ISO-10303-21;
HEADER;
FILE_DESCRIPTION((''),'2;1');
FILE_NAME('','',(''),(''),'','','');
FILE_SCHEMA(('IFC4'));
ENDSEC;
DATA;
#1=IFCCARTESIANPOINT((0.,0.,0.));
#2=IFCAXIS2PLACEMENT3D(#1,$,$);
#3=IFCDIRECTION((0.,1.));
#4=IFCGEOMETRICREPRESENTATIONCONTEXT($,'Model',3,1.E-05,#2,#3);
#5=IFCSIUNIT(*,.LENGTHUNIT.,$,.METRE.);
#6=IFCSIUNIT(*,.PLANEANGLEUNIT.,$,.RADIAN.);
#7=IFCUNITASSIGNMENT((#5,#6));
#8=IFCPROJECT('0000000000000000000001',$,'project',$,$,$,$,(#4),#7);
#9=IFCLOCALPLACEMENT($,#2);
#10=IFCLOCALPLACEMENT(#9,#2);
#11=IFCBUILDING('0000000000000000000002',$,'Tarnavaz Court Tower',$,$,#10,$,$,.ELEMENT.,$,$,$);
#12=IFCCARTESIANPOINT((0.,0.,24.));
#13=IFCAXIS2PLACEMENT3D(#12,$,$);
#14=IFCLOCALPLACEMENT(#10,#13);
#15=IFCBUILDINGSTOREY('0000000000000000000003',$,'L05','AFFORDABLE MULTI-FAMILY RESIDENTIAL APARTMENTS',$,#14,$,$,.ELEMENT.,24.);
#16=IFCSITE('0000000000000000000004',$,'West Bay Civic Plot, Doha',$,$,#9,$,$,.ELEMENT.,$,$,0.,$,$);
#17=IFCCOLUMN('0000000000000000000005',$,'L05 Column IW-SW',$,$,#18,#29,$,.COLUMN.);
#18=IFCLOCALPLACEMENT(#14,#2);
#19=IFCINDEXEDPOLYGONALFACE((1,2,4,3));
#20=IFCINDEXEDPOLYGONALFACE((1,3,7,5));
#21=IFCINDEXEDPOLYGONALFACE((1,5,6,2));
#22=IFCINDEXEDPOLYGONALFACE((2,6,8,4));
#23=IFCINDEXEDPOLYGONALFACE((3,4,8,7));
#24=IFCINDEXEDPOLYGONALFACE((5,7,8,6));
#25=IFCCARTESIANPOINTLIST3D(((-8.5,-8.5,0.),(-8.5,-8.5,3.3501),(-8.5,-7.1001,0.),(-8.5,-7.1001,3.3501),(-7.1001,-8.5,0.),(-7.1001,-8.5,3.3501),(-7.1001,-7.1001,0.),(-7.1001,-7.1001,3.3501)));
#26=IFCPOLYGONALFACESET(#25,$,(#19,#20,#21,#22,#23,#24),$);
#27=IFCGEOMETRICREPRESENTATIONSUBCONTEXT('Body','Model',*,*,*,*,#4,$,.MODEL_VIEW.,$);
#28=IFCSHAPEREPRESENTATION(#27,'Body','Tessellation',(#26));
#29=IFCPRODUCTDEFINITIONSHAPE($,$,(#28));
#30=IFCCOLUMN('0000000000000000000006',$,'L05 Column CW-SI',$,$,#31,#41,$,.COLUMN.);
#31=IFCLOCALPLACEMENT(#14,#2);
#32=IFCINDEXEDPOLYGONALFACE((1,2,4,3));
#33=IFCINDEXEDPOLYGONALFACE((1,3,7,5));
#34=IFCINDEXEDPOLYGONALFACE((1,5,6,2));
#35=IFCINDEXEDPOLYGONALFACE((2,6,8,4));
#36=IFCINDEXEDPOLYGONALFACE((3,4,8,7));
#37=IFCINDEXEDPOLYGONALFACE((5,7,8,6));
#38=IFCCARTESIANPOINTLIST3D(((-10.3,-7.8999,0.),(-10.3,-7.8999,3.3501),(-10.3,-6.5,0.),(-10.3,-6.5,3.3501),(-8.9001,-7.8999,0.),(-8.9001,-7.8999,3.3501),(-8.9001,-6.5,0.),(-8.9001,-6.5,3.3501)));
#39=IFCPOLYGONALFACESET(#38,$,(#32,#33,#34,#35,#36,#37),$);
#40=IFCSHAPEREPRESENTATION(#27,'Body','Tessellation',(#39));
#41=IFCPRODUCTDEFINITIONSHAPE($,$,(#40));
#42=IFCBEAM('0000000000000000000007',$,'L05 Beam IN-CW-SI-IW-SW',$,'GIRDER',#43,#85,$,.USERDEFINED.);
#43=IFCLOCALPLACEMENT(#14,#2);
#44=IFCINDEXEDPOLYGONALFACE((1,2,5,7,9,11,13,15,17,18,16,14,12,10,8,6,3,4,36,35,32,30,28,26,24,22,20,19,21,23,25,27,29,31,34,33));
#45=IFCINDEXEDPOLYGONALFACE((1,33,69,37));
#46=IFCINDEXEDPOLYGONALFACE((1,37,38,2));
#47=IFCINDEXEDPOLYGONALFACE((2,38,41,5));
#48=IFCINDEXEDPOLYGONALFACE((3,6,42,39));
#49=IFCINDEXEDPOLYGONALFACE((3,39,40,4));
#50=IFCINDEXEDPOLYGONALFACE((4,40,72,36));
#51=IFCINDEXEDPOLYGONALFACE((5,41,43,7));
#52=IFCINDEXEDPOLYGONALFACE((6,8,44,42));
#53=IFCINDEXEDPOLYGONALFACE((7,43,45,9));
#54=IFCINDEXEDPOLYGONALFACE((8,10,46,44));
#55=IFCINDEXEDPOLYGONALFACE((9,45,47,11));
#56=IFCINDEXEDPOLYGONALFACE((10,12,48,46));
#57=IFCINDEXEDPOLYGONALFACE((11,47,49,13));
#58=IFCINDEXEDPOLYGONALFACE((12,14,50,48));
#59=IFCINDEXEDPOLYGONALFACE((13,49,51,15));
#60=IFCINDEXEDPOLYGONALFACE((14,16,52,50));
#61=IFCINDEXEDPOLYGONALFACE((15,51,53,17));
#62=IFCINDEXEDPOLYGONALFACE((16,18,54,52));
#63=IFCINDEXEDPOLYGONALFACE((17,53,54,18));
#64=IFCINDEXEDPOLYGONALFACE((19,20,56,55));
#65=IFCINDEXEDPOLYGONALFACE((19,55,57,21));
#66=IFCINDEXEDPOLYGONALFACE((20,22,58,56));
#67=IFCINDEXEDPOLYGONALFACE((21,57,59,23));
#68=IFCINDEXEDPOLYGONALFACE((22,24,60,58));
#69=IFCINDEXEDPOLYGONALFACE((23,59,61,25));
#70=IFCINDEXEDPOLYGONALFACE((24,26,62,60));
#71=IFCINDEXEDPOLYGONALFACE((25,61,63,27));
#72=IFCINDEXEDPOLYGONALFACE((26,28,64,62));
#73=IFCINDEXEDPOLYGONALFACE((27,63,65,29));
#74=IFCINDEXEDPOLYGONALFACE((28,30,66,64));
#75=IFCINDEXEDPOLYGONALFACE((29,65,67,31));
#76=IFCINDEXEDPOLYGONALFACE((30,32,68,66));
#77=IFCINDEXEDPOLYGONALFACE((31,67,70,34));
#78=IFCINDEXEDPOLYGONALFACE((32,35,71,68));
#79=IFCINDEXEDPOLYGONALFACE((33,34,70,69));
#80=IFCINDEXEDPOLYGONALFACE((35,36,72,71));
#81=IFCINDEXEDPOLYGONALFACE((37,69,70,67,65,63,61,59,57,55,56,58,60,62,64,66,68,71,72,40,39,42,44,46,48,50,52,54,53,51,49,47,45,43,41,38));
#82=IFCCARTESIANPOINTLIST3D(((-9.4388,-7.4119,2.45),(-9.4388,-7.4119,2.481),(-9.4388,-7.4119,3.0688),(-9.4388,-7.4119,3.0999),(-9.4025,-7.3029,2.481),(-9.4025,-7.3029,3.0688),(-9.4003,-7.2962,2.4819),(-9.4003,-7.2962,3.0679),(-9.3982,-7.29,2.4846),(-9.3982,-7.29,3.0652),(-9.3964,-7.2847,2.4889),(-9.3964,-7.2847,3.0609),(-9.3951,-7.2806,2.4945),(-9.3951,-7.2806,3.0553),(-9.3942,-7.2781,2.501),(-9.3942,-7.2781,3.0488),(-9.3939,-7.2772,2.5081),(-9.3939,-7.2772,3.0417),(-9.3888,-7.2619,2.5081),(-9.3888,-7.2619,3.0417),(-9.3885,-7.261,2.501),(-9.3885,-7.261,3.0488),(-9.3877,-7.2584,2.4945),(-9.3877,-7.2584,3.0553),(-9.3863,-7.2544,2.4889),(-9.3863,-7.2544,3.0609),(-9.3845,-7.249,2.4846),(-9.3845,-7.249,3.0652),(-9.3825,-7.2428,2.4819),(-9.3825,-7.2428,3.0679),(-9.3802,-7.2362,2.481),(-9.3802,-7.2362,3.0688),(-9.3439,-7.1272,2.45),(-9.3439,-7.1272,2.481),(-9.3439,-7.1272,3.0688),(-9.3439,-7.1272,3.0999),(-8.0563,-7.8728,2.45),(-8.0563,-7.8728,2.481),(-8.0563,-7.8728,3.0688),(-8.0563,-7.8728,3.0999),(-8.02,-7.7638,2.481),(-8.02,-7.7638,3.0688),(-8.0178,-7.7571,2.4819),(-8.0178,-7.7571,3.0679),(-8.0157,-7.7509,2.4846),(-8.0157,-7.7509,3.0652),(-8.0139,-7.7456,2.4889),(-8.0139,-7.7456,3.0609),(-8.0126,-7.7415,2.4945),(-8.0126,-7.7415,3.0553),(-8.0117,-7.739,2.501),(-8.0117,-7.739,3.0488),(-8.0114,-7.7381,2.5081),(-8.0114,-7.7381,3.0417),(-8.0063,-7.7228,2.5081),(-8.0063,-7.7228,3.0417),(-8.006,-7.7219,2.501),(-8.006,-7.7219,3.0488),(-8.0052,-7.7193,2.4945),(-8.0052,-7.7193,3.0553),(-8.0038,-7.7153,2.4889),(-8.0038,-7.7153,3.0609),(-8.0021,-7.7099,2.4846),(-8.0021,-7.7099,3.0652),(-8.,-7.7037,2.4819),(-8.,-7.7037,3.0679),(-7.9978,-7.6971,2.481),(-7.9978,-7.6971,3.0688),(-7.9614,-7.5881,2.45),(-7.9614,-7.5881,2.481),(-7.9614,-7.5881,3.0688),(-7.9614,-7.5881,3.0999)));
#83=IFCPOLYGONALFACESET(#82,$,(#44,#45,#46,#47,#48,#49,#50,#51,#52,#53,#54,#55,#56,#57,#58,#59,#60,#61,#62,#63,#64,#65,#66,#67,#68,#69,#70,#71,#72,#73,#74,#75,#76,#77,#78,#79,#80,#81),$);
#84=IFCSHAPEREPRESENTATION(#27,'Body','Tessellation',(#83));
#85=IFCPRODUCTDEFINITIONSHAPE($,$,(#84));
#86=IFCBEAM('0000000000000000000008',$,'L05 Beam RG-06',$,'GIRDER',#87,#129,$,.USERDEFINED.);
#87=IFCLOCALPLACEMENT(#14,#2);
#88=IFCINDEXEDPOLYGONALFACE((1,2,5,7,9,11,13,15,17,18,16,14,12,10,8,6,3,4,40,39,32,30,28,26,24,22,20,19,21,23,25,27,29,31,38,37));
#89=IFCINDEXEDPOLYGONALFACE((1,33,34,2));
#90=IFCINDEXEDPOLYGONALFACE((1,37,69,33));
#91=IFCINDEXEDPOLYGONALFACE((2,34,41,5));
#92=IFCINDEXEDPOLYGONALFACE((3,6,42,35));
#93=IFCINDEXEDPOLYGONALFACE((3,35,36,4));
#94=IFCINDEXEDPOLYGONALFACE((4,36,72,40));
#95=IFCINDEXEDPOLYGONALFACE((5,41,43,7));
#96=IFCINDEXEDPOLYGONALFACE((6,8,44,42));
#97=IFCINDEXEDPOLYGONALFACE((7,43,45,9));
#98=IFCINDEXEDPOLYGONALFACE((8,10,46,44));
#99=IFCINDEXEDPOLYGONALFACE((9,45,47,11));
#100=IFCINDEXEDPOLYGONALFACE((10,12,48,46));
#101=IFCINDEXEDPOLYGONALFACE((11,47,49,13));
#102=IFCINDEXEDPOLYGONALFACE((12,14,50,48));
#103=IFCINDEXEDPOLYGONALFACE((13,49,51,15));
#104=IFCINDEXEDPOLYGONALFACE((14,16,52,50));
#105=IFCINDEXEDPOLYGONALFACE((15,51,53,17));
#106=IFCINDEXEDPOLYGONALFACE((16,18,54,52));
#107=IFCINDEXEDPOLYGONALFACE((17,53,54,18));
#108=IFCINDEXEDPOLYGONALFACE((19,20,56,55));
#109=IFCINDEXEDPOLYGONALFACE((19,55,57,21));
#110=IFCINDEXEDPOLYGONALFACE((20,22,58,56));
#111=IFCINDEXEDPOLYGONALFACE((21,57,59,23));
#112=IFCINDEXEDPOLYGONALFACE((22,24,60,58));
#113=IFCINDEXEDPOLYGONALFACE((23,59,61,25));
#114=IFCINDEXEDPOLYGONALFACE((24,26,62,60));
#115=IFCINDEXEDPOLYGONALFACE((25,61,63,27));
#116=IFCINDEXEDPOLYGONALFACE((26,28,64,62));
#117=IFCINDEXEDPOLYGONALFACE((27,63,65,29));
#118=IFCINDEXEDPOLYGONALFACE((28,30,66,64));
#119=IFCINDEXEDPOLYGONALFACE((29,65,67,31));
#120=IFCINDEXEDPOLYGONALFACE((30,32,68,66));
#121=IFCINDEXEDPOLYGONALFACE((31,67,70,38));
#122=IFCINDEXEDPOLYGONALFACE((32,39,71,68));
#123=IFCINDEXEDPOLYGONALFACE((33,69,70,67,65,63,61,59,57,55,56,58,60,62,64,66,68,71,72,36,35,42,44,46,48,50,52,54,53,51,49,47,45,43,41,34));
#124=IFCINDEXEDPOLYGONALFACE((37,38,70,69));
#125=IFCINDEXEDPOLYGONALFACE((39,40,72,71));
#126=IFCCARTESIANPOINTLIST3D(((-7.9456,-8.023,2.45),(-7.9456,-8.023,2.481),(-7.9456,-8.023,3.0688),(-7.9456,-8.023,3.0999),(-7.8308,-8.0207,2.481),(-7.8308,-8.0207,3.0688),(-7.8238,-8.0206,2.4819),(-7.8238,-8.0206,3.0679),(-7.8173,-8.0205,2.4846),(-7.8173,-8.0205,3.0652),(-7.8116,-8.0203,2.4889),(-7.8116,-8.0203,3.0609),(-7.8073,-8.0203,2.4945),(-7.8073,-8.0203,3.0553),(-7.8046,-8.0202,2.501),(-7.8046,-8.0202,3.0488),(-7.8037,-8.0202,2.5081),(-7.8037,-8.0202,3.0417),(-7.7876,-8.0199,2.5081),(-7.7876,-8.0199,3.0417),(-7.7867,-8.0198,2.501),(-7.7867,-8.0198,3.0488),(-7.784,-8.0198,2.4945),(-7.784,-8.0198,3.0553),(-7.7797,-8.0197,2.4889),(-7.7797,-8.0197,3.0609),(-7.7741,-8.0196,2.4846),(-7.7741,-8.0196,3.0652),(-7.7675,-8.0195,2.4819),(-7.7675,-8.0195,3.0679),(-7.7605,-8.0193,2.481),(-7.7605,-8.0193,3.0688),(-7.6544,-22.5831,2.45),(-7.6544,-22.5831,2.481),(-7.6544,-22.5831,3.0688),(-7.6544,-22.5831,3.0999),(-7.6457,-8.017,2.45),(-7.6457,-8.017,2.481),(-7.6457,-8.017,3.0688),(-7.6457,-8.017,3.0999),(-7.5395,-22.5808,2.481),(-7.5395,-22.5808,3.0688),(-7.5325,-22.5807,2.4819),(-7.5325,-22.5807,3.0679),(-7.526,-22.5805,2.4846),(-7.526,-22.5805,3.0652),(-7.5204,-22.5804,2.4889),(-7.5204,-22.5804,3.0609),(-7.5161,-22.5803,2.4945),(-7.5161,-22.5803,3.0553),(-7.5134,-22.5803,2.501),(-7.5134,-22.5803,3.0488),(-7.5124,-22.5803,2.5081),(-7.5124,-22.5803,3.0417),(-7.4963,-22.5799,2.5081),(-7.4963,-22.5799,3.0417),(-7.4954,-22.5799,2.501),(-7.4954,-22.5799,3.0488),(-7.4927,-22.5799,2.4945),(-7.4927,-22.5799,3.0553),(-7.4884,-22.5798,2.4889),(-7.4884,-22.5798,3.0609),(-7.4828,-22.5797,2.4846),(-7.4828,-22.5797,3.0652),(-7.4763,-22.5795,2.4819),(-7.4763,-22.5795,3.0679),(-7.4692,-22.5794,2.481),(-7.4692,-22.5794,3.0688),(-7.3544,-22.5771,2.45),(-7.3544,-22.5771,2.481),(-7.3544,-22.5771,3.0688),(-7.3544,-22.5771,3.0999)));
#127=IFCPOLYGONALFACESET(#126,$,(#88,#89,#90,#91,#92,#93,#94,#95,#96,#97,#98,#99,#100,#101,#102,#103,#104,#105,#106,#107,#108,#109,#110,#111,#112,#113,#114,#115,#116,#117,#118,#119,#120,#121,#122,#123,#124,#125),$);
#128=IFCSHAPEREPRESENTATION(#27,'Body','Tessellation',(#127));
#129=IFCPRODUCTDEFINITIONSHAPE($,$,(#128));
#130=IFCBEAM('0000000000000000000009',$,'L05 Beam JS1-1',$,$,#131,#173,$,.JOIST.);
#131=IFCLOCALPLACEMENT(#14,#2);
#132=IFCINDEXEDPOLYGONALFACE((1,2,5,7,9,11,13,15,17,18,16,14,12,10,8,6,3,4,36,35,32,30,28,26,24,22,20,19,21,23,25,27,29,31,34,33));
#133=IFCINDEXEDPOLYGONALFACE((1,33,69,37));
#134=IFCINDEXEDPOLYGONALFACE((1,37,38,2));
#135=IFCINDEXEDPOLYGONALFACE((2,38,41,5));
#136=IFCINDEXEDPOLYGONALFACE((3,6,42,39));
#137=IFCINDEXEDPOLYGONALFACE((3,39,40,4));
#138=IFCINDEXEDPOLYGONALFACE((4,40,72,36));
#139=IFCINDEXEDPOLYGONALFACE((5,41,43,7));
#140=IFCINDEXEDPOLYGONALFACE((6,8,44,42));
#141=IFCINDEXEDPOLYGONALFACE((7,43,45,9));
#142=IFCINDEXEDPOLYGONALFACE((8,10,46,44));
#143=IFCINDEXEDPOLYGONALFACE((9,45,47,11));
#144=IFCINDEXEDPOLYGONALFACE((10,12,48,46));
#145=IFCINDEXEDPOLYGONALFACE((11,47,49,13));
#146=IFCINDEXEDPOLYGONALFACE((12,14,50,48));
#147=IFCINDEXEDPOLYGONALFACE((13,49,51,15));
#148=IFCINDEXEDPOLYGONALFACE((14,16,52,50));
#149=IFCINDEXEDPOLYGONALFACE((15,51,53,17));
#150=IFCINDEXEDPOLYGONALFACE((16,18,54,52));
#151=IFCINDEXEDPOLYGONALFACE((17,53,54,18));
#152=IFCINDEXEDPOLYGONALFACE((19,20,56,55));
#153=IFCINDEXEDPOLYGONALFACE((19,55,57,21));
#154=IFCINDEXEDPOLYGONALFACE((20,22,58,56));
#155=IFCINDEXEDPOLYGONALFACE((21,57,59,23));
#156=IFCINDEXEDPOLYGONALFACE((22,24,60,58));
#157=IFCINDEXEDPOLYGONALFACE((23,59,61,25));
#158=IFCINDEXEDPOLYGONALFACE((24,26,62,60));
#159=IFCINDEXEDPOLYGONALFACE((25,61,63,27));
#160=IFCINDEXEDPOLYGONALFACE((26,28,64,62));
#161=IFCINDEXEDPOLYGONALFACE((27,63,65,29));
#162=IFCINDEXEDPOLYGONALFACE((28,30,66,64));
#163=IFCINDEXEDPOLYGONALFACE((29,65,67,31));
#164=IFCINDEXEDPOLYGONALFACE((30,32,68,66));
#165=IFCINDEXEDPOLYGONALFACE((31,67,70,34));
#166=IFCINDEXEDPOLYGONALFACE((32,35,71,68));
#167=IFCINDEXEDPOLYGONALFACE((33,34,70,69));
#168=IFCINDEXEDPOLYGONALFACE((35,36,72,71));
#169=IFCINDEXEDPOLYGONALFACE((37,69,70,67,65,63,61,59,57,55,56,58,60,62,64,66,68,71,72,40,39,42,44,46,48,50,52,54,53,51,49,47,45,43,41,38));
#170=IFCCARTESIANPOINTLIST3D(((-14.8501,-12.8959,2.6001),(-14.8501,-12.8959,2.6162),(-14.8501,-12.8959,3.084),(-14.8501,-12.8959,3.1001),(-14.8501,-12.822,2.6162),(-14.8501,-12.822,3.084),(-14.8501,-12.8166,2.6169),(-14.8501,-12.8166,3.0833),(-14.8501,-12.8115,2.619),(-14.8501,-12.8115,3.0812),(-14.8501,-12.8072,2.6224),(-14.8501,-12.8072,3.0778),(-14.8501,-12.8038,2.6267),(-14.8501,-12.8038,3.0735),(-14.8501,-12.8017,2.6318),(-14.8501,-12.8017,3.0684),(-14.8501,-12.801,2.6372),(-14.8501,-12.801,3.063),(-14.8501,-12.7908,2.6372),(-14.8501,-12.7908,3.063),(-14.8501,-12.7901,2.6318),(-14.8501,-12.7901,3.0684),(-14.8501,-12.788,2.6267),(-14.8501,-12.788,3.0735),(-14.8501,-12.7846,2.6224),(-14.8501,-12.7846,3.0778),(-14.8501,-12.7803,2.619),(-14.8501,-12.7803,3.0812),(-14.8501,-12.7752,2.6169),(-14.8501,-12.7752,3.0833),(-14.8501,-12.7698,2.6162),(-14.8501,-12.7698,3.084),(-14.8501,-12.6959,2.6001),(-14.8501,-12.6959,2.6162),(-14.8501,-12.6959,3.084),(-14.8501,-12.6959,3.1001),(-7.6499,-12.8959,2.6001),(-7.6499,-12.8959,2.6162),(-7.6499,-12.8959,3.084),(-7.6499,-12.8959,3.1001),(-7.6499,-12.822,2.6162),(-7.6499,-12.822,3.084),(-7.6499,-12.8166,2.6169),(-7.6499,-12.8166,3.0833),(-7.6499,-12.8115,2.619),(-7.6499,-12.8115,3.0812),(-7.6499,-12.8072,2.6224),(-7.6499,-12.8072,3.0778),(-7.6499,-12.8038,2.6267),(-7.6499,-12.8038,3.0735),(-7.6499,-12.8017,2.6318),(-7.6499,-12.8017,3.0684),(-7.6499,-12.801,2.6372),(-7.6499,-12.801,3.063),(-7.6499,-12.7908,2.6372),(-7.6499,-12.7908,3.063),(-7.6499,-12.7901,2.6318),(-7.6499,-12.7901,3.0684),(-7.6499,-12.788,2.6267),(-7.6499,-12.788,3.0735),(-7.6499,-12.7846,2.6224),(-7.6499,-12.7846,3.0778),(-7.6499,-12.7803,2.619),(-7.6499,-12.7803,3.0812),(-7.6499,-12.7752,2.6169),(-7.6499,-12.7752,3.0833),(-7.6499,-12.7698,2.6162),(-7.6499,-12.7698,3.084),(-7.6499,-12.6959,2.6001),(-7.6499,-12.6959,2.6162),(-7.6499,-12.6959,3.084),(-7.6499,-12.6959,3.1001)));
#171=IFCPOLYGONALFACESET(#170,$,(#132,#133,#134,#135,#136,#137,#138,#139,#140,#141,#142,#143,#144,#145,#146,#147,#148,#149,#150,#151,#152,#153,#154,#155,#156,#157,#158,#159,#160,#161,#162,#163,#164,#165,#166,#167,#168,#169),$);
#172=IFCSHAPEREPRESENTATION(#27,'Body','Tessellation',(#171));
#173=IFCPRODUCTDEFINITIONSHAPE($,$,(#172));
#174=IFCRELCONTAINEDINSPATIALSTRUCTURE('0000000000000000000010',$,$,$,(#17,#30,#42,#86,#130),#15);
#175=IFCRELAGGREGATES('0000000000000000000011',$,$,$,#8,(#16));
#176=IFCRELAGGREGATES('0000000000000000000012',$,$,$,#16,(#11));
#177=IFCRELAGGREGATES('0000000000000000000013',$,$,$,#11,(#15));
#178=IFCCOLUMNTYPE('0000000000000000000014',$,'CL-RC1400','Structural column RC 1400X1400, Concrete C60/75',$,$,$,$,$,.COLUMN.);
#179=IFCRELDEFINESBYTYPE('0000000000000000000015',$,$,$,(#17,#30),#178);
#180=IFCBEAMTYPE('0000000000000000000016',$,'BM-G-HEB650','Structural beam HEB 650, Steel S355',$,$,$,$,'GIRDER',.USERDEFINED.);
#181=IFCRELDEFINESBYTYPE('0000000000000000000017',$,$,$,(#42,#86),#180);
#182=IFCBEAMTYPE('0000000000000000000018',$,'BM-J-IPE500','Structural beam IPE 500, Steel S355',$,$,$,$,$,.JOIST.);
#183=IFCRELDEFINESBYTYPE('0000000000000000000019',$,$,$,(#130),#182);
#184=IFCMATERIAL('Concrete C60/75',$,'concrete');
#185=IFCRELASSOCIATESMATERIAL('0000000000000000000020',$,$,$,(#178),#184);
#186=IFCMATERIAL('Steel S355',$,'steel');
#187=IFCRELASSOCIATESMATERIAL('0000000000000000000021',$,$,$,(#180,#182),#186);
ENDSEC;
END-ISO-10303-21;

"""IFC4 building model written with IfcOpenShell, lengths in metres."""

from ifc_helpers import new_model, si_unit, direction, frame, origin, origin_2d, place, context, subcontext, project, spatial, rectangle, i_section, extrude, material, material_profile, profile_set, type_object, element, save


model = new_model("IFC4")

# Units and contexts
model_context = context("Model", 3, precision=1e-05, world=origin(), true_north=direction((0.0, 1.0)))
body_context = subcontext(model_context, "Body", "Model", "MODEL_VIEW")
ifc_project = project(units=[si_unit("LENGTHUNIT", "METRE"), si_unit("PLANEANGLEUNIT", "RADIAN")], contexts=[model_context])

# Site, building, storey
site_placement = place(None, origin())
site = spatial("IfcSite", under=ifc_project, at=site_placement, Name="West Bay Civic Plot, Doha", CompositionType="ELEMENT", RefElevation=0.0)
building_placement = place(site_placement, origin())
building = spatial("IfcBuilding", under=site, at=building_placement, Name="Tarnavaz Court Tower", CompositionType="ELEMENT")
storey_placement = place(building_placement, frame((0.0, 0.0, 24.0)))
storey = spatial("IfcBuildingStorey", under=building, at=storey_placement, Name="L05", Description="AFFORDABLE MULTI-FAMILY RESIDENTIAL APARTMENTS", CompositionType="ELEMENT", Elevation=24.0)

# Columns
ifc_material_1 = material(Name="Concrete C60/75", Category="concrete")
ifc_material_profile_1 = material_profile(ifc_material_1, rectangle(XDim=1.3999, YDim=1.3999, at=origin_2d()), Name="RC 1400X1400")
ifc_profile_set_1 = profile_set([ifc_material_profile_1], Name="Concrete C60/75")
column_type = type_object("IfcColumnType", Name="CL-RC1400", Description="Structural column RC 1400X1400, Concrete C60/75", PredefinedType="COLUMN", material=ifc_profile_set_1)
for number, where, z_axis, x_axis, name in (
    (1, (-7.8, -7.8, 0.0), (0.0, 0.0, 1.0), (1.0, 0.0, 0.0), "L05 Column IW-SW"),
    (2, (-9.6001, -7.2, 0.0), (0.0, 0.0, 1.0), (1.0, 0.0, 0.0), "L05 Column CW-SI"),
):
    element("IfcColumn", number, at=place(storey_placement, frame(where, z_axis=z_axis, x_axis=x_axis)), inside=storey, type_object=column_type, Name=name, PredefinedType="COLUMN", context=body_context, shape_type="SweptSolid", body=[
        extrude(rectangle(XDim=1.3999, YDim=1.3999, at=origin_2d()), origin(), (0.0, 0.0, 1.0), 3.3501),
    ])

# Beams
ifc_material_2 = material(Name="Steel S355", Category="steel")
ifc_material_profile_2 = material_profile(ifc_material_2, i_section(OverallWidth=0.3, OverallDepth=0.6499, WebThickness=0.0161, FlangeThickness=0.031, FilletRadius=0.0271, at=origin_2d()), Name="HEB 650")
ifc_profile_set_2 = profile_set([ifc_material_profile_2], Name="Steel S355")
beam_type_1 = type_object("IfcBeamType", Name="BM-G-HEB650", Description="Structural beam HEB 650, Steel S355", ElementType="GIRDER", PredefinedType="USERDEFINED", material=ifc_profile_set_2)
beam_1_placement = place(storey_placement, frame((-9.3914, -7.2695, 2.7749), z_axis=(0.948667, -0.316278, 0.0), x_axis=(0.316278, 0.948667, 0.0)))
element("IfcBeam", 3, at=beam_1_placement, inside=storey, type_object=beam_type_1, Name="L05 Beam IN-CW-SI-IW-SW", ObjectType="GIRDER", PredefinedType="USERDEFINED", context=body_context, shape_type="SweptSolid", body=[
    extrude(i_section(OverallWidth=0.3, OverallDepth=0.6499, WebThickness=0.0161, FlangeThickness=0.031, FilletRadius=0.0271, at=origin_2d()), origin(), (0.0, 0.0, 1.0), 1.4573),
])
beam_2_placement = place(storey_placement, frame((-7.7957, -8.02, 2.7749), z_axis=(0.02, -0.9998, 0.0), x_axis=(0.9998, 0.02, 0.0)))
element("IfcBeam", 4, at=beam_2_placement, inside=storey, type_object=beam_type_1, Name="L05 Beam RG-06", ObjectType="GIRDER", PredefinedType="USERDEFINED", context=body_context, shape_type="SweptSolid", body=[
    extrude(i_section(OverallWidth=0.3, OverallDepth=0.6499, WebThickness=0.0161, FlangeThickness=0.031, FilletRadius=0.0271, at=origin_2d()), origin(), (0.0, 0.0, 1.0), 14.563),
])
ifc_material_profile_3 = material_profile(ifc_material_2, i_section(OverallWidth=0.2, OverallDepth=0.5, WebThickness=0.0103, FlangeThickness=0.0161, FilletRadius=0.021, at=origin_2d()), Name="IPE 500")
ifc_profile_set_3 = profile_set([ifc_material_profile_3], Name="Steel S355")
beam_type_2 = type_object("IfcBeamType", Name="BM-J-IPE500", Description="Structural beam IPE 500, Steel S355", PredefinedType="JOIST", material=ifc_profile_set_3)
beam_3_placement = place(storey_placement, frame((-14.8501, -12.7959, 2.8501), z_axis=(1.0, 0.0, 0.0), x_axis=(0.0, 1.0, 0.0)))
element("IfcBeam", 5, at=beam_3_placement, inside=storey, type_object=beam_type_2, Name="L05 Beam JS1-1", PredefinedType="JOIST", context=body_context, shape_type="SweptSolid", body=[
    extrude(i_section(OverallWidth=0.2, OverallDepth=0.5, WebThickness=0.0103, FlangeThickness=0.0161, FilletRadius=0.021, at=origin_2d()), origin(), (0.0, 0.0, 1.0), 7.2002),
])

save(model, "model.ifc")
